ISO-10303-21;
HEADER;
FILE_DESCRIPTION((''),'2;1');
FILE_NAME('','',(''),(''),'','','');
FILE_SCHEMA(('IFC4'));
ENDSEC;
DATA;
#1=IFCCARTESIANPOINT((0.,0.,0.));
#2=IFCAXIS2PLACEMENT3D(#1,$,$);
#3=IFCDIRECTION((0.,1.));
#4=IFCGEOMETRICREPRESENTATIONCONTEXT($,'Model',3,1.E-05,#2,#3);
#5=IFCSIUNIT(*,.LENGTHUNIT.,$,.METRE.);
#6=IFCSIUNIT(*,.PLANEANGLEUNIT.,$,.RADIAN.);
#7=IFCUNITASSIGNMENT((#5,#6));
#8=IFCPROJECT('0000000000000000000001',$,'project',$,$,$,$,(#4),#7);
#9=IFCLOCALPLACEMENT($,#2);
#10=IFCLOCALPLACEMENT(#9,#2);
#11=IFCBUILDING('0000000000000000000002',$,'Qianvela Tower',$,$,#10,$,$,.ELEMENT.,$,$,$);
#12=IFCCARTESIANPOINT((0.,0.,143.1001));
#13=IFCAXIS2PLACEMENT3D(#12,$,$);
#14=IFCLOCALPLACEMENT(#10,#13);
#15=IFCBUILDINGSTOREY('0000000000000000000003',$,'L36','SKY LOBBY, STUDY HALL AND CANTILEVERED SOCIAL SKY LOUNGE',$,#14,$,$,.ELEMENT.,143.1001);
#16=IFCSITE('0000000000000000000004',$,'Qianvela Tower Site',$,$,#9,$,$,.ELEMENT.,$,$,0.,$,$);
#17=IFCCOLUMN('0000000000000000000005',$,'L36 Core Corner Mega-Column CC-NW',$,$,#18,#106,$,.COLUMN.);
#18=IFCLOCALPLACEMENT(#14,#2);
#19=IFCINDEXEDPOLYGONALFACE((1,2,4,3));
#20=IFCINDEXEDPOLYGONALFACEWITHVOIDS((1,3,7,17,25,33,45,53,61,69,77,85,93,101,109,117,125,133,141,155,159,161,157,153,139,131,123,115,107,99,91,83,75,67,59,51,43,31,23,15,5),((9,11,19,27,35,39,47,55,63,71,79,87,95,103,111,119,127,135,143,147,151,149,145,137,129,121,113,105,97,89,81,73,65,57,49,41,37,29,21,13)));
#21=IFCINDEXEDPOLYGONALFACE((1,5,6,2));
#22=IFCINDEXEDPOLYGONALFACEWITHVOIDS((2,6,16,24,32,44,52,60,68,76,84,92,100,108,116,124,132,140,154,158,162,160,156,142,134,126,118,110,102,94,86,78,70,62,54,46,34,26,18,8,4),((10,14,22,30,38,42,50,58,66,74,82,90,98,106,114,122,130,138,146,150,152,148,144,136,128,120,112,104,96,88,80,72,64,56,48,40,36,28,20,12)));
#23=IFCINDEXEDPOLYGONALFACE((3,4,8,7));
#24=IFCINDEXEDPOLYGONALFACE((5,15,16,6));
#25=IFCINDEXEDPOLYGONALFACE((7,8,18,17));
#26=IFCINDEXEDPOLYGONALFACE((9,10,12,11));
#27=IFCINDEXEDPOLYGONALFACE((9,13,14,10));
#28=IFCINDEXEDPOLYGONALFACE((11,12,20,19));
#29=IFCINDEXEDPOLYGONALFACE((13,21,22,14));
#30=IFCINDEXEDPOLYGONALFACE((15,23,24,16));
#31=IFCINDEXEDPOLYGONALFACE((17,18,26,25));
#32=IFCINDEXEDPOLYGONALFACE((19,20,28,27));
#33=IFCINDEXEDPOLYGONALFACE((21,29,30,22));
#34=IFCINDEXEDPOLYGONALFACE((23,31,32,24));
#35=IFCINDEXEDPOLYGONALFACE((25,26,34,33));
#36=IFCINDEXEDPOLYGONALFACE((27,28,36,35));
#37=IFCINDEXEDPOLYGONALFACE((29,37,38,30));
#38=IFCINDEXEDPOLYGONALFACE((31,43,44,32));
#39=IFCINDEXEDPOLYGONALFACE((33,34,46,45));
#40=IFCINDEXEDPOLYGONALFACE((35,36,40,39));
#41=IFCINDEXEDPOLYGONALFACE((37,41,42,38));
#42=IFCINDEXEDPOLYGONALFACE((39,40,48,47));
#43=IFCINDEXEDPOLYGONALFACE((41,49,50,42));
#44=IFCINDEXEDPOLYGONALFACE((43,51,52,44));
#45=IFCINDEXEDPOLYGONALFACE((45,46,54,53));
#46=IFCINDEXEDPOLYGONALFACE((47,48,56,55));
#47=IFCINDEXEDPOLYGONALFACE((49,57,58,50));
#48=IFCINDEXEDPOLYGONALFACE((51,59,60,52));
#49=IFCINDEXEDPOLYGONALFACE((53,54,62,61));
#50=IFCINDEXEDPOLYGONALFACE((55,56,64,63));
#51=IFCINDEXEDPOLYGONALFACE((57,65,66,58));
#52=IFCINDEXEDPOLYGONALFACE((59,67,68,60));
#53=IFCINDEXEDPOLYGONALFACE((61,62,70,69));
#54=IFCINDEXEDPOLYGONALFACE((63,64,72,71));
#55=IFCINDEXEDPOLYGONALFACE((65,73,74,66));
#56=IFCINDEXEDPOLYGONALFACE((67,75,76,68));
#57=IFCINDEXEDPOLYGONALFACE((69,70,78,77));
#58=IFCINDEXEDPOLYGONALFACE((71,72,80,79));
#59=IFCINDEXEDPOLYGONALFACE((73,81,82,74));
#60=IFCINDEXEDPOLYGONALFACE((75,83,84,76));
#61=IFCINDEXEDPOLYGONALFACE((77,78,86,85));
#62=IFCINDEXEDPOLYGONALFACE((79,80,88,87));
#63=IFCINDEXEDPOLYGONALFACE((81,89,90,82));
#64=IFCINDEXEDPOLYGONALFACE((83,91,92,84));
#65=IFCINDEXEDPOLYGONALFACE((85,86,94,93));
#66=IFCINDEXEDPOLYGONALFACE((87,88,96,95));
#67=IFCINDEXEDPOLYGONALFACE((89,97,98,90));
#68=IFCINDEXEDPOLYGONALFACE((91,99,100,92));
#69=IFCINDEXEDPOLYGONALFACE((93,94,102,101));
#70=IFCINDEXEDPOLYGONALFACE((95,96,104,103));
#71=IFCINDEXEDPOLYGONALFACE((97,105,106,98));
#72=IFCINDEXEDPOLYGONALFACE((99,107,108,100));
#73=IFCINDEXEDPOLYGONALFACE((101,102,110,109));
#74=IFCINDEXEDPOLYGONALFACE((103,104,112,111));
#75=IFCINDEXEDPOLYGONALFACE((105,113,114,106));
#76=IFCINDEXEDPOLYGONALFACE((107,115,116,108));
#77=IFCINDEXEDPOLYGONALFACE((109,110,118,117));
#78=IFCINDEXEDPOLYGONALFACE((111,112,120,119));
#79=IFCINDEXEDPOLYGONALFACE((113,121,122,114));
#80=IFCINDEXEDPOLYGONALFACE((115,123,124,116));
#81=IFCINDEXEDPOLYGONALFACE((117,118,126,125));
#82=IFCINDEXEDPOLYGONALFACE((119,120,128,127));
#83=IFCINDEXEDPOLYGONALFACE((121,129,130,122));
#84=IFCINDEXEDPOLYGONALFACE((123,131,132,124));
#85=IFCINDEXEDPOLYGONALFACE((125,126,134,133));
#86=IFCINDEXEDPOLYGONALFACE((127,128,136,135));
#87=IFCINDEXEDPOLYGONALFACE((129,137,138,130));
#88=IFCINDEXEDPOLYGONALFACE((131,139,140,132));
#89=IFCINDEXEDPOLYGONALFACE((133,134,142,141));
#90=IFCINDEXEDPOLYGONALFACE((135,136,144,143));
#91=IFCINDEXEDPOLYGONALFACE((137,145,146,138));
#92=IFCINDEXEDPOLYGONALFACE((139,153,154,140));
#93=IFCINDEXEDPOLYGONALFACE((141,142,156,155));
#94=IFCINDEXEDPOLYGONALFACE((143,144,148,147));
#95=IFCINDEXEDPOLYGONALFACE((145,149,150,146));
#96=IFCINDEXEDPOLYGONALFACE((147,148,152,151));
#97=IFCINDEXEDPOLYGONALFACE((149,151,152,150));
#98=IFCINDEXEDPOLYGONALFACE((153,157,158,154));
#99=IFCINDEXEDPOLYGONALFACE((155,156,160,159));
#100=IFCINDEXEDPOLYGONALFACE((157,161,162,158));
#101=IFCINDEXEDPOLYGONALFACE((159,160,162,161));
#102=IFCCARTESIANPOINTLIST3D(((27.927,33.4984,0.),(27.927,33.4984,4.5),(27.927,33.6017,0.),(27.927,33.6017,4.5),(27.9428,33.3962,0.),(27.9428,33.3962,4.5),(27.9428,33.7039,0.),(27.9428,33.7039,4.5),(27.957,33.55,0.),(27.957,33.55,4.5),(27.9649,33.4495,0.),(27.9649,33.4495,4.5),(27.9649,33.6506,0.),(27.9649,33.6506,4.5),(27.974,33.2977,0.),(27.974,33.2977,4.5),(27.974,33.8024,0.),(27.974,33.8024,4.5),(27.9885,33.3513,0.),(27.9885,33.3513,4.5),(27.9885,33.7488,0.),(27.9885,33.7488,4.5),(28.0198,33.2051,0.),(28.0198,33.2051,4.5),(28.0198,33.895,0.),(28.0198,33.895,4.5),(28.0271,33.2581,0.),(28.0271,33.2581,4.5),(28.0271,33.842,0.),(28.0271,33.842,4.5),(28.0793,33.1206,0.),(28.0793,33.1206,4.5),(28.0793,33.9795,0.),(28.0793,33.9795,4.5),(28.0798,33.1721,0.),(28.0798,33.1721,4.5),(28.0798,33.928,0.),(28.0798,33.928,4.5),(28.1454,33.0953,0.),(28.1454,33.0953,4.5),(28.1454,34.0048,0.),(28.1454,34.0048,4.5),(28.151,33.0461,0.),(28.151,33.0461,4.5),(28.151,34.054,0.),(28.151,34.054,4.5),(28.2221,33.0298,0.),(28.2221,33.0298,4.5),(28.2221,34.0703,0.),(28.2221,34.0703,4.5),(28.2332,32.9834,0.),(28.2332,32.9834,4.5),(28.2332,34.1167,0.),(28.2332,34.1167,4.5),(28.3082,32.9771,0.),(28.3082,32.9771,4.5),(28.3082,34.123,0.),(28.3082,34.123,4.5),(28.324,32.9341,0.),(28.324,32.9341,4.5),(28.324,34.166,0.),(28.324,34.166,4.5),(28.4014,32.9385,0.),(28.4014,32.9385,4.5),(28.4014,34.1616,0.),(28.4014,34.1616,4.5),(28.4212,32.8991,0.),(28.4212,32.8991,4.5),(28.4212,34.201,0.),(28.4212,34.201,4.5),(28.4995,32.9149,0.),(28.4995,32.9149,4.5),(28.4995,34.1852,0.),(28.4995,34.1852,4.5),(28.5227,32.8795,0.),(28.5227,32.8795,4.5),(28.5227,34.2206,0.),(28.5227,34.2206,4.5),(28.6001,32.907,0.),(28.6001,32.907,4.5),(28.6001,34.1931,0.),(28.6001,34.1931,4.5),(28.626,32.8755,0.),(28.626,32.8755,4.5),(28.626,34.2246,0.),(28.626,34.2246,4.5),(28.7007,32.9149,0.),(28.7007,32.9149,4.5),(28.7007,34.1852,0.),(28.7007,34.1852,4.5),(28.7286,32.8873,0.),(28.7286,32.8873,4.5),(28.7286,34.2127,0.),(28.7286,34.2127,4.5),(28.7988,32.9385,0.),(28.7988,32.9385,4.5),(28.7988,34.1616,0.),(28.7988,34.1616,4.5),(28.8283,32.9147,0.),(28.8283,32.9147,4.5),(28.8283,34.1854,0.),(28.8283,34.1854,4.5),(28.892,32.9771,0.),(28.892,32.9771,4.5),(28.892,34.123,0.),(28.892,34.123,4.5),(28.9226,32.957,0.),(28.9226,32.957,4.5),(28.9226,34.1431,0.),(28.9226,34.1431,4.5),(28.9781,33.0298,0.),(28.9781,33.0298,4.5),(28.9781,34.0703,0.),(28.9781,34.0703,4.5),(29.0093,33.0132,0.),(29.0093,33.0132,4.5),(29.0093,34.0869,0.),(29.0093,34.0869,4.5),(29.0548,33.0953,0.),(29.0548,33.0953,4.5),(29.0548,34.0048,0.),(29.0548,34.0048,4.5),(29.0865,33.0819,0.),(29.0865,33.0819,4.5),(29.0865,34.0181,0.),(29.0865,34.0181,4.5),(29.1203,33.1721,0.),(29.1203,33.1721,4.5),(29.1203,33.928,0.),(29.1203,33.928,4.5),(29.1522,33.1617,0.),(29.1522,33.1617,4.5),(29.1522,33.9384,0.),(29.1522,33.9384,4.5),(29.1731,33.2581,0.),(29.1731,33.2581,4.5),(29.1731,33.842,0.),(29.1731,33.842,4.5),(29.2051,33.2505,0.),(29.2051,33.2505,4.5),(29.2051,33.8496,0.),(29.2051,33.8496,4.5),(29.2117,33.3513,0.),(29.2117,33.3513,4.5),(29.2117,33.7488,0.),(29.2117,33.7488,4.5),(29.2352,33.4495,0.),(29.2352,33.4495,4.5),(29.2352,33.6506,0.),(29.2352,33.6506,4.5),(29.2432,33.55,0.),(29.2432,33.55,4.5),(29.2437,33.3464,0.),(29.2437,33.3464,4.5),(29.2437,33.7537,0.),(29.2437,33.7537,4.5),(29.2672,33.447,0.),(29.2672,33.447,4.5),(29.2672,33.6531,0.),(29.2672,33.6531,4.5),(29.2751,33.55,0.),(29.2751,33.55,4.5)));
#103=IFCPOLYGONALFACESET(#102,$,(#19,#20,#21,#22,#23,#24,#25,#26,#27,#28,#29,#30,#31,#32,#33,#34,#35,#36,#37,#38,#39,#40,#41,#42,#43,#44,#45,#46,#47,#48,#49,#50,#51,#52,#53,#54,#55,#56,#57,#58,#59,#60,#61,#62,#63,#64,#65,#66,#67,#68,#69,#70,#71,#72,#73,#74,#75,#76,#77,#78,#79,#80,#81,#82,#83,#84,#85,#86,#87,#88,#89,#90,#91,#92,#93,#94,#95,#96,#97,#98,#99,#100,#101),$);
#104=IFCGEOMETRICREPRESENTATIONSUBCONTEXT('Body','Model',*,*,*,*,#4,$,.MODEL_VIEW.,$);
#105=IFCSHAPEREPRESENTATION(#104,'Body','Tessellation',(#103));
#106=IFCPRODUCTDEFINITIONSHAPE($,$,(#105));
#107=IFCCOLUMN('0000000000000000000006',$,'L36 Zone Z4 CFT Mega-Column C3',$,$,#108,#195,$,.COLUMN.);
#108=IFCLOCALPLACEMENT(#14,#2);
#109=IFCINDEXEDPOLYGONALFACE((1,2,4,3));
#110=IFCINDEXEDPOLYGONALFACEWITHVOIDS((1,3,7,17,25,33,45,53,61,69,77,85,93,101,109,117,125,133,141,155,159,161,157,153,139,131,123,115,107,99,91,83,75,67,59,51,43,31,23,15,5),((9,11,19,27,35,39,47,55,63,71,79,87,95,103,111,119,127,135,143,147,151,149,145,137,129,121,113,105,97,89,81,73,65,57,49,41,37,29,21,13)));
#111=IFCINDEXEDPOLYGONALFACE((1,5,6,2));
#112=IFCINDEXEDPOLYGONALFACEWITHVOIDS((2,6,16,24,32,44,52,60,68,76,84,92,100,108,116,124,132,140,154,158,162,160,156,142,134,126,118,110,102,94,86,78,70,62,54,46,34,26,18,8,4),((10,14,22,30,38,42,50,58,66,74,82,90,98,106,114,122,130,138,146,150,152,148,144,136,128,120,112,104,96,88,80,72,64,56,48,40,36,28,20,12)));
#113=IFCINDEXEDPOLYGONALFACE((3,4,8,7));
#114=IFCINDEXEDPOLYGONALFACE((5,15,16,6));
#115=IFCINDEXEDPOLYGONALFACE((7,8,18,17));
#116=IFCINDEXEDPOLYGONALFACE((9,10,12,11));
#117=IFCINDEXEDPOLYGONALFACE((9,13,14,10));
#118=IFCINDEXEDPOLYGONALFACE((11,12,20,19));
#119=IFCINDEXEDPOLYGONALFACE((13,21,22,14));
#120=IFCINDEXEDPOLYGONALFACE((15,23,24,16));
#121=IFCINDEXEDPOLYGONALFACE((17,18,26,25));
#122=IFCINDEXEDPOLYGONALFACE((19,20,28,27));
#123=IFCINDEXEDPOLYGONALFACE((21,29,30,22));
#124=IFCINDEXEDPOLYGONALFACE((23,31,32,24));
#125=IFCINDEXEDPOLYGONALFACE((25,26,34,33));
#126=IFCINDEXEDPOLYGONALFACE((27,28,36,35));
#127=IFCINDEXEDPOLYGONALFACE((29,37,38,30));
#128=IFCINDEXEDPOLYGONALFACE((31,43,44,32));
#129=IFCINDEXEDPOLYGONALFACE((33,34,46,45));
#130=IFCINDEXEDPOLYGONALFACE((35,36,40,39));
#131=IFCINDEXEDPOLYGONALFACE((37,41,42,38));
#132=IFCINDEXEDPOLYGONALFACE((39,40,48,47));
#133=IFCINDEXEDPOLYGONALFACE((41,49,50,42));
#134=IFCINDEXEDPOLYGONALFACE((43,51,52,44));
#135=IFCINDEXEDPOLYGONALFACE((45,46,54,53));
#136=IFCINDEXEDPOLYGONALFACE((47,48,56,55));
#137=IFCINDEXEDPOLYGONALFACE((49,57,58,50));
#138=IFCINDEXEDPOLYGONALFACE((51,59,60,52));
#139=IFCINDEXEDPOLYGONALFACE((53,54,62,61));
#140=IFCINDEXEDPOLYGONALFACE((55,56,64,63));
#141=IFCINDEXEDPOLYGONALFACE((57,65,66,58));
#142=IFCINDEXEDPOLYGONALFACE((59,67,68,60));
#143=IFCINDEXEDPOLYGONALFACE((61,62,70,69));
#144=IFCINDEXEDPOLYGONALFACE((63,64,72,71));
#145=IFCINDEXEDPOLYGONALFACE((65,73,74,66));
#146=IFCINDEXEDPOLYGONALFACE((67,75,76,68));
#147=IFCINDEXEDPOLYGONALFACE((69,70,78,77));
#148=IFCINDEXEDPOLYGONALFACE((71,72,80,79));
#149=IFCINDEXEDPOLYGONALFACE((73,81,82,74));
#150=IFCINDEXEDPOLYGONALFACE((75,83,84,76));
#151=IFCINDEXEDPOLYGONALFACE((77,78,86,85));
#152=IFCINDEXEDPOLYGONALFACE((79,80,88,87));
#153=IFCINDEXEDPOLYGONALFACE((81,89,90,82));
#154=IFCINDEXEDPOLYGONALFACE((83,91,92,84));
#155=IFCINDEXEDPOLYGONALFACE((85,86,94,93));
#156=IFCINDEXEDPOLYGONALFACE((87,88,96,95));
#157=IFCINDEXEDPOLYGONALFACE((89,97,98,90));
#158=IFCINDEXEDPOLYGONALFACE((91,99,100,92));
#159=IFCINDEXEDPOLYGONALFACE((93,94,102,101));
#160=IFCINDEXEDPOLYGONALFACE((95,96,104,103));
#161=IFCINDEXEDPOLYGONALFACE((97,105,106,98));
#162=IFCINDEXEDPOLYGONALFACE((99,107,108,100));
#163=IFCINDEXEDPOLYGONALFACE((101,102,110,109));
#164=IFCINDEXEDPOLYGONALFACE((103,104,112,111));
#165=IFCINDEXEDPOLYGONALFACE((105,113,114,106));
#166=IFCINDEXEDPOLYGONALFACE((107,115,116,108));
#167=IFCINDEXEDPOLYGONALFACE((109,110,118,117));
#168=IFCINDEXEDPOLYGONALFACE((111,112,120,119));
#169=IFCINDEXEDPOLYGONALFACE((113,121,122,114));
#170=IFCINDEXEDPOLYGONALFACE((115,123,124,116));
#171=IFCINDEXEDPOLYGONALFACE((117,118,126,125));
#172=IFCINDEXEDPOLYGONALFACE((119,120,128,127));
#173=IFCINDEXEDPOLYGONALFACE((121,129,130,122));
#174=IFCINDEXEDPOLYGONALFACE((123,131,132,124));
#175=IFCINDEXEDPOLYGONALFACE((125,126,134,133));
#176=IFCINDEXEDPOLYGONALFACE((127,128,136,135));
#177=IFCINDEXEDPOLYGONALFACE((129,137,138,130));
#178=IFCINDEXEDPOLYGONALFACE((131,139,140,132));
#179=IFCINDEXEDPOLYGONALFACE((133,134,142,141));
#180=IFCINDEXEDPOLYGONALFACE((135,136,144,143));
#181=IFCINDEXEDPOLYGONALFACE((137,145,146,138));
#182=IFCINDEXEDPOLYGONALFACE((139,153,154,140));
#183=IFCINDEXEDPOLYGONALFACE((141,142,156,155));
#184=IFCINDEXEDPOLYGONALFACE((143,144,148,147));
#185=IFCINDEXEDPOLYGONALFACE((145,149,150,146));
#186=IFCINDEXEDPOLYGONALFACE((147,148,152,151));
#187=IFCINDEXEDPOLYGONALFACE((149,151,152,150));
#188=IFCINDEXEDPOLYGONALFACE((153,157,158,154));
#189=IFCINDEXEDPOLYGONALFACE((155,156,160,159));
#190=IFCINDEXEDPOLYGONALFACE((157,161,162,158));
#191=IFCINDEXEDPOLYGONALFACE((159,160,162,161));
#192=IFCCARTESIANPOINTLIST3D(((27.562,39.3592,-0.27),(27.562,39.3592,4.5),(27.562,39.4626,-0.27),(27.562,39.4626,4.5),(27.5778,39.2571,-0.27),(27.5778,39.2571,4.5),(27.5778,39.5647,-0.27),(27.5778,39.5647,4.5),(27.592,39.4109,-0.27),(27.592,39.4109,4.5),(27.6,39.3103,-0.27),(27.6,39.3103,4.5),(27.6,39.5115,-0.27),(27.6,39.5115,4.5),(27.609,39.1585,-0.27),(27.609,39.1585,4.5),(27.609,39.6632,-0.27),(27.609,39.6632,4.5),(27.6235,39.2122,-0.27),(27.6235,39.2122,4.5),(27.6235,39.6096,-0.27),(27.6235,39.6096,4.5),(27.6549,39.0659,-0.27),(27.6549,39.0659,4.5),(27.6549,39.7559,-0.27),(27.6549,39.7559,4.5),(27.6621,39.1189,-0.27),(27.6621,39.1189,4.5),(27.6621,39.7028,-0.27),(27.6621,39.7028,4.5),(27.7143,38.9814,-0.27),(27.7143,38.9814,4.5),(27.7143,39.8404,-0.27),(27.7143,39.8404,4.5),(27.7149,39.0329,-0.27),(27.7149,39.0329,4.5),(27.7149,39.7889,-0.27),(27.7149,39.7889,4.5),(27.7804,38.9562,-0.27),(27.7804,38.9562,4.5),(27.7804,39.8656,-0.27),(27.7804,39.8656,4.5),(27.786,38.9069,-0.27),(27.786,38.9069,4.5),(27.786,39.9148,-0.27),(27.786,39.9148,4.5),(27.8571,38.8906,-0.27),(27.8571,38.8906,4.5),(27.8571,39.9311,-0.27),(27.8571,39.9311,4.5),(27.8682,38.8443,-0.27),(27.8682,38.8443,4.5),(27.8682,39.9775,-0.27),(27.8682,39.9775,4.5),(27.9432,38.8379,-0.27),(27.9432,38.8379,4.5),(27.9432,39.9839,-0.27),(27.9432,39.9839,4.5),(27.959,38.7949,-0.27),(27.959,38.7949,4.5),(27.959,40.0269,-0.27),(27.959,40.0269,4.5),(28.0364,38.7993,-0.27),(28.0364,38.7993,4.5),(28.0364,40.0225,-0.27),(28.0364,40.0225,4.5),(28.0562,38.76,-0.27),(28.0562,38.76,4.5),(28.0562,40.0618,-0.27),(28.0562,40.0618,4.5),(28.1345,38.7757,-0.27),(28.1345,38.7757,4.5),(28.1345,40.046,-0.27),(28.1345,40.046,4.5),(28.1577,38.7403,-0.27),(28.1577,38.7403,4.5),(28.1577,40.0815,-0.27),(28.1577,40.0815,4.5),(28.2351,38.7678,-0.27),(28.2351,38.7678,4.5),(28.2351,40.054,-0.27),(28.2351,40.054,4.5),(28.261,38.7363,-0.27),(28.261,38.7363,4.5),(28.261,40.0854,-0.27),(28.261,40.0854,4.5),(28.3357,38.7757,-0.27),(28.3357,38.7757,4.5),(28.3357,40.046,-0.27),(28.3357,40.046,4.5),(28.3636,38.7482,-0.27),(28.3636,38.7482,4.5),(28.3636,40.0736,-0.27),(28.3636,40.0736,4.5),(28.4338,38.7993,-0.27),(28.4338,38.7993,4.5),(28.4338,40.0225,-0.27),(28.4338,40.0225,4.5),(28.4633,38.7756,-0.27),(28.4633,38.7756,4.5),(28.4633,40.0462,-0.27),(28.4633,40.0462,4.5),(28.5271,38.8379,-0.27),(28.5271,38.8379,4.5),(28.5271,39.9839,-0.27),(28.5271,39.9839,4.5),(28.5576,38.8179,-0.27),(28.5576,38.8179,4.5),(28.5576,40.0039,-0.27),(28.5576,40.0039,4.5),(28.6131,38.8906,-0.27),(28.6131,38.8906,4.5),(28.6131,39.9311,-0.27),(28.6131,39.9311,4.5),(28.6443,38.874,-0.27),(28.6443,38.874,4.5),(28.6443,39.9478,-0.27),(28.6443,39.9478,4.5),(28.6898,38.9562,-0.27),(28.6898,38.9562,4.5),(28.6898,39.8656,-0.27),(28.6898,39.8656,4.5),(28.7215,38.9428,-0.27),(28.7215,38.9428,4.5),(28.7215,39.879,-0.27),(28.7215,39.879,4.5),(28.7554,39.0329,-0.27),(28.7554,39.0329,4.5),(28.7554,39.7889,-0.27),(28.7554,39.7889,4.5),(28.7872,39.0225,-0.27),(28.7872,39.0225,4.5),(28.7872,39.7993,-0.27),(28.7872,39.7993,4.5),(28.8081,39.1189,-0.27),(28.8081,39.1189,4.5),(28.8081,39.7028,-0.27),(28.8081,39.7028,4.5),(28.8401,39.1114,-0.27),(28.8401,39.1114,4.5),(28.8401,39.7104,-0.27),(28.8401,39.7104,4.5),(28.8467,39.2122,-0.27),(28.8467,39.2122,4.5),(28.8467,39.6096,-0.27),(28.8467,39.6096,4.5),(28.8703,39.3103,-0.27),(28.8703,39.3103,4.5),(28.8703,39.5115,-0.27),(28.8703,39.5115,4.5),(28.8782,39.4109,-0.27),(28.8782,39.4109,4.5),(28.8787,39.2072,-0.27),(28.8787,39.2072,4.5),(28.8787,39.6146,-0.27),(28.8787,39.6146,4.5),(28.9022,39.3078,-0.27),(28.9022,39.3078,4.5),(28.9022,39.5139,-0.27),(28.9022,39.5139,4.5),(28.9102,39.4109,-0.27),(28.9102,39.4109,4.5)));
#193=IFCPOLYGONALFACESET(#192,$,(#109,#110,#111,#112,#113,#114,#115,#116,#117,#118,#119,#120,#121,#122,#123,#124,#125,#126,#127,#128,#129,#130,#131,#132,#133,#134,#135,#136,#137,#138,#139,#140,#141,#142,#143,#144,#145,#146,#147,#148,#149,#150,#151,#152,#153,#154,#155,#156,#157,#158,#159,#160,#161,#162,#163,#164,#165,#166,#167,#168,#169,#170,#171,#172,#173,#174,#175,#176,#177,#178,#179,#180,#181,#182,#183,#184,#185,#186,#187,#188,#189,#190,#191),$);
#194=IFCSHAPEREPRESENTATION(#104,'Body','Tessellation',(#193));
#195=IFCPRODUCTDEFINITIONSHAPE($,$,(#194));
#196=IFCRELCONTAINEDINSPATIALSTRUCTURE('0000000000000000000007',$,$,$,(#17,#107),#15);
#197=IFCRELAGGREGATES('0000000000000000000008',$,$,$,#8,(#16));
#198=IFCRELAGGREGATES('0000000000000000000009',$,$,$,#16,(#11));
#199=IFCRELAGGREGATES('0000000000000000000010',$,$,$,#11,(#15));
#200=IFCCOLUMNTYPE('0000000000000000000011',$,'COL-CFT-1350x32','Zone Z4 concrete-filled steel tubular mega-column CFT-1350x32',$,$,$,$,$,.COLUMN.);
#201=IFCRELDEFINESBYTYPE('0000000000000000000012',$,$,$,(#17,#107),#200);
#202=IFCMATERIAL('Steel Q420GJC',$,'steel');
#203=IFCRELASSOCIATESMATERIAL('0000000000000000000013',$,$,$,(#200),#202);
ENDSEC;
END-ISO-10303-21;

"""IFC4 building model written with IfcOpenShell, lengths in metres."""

from ifc_helpers import new_model, si_unit, direction, frame, origin, origin_2d, place, context, subcontext, project, spatial, hollow_circle, extrude, material, material_profile, profile_set, type_object, element, save


model = new_model("IFC4")

# Units and contexts
model_context = context("Model", 3, precision=1e-05, world=origin(), true_north=direction((0.0, 1.0)))
body_context = subcontext(model_context, "Body", "Model", "MODEL_VIEW")
ifc_project = project(units=[si_unit("LENGTHUNIT", "METRE"), si_unit("PLANEANGLEUNIT", "RADIAN")], contexts=[model_context])

# Site, building, storey
site_placement = place(None, origin())
site = spatial("IfcSite", under=ifc_project, at=site_placement, Name="Qianvela Tower Site", CompositionType="ELEMENT", RefElevation=0.0)
building_placement = place(site_placement, origin())
building = spatial("IfcBuilding", under=site, at=building_placement, Name="Qianvela Tower", CompositionType="ELEMENT")
storey_placement = place(building_placement, frame((0.0, 0.0, 143.1001)))
storey = spatial("IfcBuildingStorey", under=building, at=storey_placement, Name="L36", Description="SKY LOBBY, STUDY HALL AND CANTILEVERED SOCIAL SKY LOUNGE", CompositionType="ELEMENT", Elevation=143.1001)

# Columns
ifc_material_1 = material(Name="Steel Q420GJC", Category="steel")
ifc_material_profile_1 = material_profile(ifc_material_1, hollow_circle(Radius=0.675, WallThickness=0.032, at=origin_2d()), Name="CFT-1350x32")
ifc_profile_set_1 = profile_set([ifc_material_profile_1], Name="Steel Q420GJC")
column_type = type_object("IfcColumnType", Name="COL-CFT-1350x32", Description="Zone Z4 concrete-filled steel tubular mega-column CFT-1350x32", PredefinedType="COLUMN", material=ifc_profile_set_1)
column_1_placement = place(storey_placement, frame((28.6001, 33.55, 0.0), z_axis=(0.0, 0.0, 1.0), x_axis=(1.0, 0.0, 0.0)))
element("IfcColumn", 1, at=column_1_placement, inside=storey, type_object=column_type, Name="L36 Core Corner Mega-Column CC-NW", PredefinedType="COLUMN", context=body_context, shape_type="SweptSolid", body=[
    extrude(hollow_circle(Radius=0.675, WallThickness=0.032, at=origin_2d()), origin(), (0.0, 0.0, 1.0), 4.5),
])
column_2_placement = place(storey_placement, frame((28.2351, 39.4109, -0.27), z_axis=(0.0, 0.0, 1.0), x_axis=(1.0, 0.0, 0.0)))
element("IfcColumn", 2, at=column_2_placement, inside=storey, type_object=column_type, Name="L36 Zone Z4 CFT Mega-Column C3", PredefinedType="COLUMN", context=body_context, shape_type="SweptSolid", body=[
    extrude(hollow_circle(Radius=0.675, WallThickness=0.032, at=origin_2d()), origin(), (0.0, 0.0, 1.0), 4.77),
])

save(model, "model.ifc")
